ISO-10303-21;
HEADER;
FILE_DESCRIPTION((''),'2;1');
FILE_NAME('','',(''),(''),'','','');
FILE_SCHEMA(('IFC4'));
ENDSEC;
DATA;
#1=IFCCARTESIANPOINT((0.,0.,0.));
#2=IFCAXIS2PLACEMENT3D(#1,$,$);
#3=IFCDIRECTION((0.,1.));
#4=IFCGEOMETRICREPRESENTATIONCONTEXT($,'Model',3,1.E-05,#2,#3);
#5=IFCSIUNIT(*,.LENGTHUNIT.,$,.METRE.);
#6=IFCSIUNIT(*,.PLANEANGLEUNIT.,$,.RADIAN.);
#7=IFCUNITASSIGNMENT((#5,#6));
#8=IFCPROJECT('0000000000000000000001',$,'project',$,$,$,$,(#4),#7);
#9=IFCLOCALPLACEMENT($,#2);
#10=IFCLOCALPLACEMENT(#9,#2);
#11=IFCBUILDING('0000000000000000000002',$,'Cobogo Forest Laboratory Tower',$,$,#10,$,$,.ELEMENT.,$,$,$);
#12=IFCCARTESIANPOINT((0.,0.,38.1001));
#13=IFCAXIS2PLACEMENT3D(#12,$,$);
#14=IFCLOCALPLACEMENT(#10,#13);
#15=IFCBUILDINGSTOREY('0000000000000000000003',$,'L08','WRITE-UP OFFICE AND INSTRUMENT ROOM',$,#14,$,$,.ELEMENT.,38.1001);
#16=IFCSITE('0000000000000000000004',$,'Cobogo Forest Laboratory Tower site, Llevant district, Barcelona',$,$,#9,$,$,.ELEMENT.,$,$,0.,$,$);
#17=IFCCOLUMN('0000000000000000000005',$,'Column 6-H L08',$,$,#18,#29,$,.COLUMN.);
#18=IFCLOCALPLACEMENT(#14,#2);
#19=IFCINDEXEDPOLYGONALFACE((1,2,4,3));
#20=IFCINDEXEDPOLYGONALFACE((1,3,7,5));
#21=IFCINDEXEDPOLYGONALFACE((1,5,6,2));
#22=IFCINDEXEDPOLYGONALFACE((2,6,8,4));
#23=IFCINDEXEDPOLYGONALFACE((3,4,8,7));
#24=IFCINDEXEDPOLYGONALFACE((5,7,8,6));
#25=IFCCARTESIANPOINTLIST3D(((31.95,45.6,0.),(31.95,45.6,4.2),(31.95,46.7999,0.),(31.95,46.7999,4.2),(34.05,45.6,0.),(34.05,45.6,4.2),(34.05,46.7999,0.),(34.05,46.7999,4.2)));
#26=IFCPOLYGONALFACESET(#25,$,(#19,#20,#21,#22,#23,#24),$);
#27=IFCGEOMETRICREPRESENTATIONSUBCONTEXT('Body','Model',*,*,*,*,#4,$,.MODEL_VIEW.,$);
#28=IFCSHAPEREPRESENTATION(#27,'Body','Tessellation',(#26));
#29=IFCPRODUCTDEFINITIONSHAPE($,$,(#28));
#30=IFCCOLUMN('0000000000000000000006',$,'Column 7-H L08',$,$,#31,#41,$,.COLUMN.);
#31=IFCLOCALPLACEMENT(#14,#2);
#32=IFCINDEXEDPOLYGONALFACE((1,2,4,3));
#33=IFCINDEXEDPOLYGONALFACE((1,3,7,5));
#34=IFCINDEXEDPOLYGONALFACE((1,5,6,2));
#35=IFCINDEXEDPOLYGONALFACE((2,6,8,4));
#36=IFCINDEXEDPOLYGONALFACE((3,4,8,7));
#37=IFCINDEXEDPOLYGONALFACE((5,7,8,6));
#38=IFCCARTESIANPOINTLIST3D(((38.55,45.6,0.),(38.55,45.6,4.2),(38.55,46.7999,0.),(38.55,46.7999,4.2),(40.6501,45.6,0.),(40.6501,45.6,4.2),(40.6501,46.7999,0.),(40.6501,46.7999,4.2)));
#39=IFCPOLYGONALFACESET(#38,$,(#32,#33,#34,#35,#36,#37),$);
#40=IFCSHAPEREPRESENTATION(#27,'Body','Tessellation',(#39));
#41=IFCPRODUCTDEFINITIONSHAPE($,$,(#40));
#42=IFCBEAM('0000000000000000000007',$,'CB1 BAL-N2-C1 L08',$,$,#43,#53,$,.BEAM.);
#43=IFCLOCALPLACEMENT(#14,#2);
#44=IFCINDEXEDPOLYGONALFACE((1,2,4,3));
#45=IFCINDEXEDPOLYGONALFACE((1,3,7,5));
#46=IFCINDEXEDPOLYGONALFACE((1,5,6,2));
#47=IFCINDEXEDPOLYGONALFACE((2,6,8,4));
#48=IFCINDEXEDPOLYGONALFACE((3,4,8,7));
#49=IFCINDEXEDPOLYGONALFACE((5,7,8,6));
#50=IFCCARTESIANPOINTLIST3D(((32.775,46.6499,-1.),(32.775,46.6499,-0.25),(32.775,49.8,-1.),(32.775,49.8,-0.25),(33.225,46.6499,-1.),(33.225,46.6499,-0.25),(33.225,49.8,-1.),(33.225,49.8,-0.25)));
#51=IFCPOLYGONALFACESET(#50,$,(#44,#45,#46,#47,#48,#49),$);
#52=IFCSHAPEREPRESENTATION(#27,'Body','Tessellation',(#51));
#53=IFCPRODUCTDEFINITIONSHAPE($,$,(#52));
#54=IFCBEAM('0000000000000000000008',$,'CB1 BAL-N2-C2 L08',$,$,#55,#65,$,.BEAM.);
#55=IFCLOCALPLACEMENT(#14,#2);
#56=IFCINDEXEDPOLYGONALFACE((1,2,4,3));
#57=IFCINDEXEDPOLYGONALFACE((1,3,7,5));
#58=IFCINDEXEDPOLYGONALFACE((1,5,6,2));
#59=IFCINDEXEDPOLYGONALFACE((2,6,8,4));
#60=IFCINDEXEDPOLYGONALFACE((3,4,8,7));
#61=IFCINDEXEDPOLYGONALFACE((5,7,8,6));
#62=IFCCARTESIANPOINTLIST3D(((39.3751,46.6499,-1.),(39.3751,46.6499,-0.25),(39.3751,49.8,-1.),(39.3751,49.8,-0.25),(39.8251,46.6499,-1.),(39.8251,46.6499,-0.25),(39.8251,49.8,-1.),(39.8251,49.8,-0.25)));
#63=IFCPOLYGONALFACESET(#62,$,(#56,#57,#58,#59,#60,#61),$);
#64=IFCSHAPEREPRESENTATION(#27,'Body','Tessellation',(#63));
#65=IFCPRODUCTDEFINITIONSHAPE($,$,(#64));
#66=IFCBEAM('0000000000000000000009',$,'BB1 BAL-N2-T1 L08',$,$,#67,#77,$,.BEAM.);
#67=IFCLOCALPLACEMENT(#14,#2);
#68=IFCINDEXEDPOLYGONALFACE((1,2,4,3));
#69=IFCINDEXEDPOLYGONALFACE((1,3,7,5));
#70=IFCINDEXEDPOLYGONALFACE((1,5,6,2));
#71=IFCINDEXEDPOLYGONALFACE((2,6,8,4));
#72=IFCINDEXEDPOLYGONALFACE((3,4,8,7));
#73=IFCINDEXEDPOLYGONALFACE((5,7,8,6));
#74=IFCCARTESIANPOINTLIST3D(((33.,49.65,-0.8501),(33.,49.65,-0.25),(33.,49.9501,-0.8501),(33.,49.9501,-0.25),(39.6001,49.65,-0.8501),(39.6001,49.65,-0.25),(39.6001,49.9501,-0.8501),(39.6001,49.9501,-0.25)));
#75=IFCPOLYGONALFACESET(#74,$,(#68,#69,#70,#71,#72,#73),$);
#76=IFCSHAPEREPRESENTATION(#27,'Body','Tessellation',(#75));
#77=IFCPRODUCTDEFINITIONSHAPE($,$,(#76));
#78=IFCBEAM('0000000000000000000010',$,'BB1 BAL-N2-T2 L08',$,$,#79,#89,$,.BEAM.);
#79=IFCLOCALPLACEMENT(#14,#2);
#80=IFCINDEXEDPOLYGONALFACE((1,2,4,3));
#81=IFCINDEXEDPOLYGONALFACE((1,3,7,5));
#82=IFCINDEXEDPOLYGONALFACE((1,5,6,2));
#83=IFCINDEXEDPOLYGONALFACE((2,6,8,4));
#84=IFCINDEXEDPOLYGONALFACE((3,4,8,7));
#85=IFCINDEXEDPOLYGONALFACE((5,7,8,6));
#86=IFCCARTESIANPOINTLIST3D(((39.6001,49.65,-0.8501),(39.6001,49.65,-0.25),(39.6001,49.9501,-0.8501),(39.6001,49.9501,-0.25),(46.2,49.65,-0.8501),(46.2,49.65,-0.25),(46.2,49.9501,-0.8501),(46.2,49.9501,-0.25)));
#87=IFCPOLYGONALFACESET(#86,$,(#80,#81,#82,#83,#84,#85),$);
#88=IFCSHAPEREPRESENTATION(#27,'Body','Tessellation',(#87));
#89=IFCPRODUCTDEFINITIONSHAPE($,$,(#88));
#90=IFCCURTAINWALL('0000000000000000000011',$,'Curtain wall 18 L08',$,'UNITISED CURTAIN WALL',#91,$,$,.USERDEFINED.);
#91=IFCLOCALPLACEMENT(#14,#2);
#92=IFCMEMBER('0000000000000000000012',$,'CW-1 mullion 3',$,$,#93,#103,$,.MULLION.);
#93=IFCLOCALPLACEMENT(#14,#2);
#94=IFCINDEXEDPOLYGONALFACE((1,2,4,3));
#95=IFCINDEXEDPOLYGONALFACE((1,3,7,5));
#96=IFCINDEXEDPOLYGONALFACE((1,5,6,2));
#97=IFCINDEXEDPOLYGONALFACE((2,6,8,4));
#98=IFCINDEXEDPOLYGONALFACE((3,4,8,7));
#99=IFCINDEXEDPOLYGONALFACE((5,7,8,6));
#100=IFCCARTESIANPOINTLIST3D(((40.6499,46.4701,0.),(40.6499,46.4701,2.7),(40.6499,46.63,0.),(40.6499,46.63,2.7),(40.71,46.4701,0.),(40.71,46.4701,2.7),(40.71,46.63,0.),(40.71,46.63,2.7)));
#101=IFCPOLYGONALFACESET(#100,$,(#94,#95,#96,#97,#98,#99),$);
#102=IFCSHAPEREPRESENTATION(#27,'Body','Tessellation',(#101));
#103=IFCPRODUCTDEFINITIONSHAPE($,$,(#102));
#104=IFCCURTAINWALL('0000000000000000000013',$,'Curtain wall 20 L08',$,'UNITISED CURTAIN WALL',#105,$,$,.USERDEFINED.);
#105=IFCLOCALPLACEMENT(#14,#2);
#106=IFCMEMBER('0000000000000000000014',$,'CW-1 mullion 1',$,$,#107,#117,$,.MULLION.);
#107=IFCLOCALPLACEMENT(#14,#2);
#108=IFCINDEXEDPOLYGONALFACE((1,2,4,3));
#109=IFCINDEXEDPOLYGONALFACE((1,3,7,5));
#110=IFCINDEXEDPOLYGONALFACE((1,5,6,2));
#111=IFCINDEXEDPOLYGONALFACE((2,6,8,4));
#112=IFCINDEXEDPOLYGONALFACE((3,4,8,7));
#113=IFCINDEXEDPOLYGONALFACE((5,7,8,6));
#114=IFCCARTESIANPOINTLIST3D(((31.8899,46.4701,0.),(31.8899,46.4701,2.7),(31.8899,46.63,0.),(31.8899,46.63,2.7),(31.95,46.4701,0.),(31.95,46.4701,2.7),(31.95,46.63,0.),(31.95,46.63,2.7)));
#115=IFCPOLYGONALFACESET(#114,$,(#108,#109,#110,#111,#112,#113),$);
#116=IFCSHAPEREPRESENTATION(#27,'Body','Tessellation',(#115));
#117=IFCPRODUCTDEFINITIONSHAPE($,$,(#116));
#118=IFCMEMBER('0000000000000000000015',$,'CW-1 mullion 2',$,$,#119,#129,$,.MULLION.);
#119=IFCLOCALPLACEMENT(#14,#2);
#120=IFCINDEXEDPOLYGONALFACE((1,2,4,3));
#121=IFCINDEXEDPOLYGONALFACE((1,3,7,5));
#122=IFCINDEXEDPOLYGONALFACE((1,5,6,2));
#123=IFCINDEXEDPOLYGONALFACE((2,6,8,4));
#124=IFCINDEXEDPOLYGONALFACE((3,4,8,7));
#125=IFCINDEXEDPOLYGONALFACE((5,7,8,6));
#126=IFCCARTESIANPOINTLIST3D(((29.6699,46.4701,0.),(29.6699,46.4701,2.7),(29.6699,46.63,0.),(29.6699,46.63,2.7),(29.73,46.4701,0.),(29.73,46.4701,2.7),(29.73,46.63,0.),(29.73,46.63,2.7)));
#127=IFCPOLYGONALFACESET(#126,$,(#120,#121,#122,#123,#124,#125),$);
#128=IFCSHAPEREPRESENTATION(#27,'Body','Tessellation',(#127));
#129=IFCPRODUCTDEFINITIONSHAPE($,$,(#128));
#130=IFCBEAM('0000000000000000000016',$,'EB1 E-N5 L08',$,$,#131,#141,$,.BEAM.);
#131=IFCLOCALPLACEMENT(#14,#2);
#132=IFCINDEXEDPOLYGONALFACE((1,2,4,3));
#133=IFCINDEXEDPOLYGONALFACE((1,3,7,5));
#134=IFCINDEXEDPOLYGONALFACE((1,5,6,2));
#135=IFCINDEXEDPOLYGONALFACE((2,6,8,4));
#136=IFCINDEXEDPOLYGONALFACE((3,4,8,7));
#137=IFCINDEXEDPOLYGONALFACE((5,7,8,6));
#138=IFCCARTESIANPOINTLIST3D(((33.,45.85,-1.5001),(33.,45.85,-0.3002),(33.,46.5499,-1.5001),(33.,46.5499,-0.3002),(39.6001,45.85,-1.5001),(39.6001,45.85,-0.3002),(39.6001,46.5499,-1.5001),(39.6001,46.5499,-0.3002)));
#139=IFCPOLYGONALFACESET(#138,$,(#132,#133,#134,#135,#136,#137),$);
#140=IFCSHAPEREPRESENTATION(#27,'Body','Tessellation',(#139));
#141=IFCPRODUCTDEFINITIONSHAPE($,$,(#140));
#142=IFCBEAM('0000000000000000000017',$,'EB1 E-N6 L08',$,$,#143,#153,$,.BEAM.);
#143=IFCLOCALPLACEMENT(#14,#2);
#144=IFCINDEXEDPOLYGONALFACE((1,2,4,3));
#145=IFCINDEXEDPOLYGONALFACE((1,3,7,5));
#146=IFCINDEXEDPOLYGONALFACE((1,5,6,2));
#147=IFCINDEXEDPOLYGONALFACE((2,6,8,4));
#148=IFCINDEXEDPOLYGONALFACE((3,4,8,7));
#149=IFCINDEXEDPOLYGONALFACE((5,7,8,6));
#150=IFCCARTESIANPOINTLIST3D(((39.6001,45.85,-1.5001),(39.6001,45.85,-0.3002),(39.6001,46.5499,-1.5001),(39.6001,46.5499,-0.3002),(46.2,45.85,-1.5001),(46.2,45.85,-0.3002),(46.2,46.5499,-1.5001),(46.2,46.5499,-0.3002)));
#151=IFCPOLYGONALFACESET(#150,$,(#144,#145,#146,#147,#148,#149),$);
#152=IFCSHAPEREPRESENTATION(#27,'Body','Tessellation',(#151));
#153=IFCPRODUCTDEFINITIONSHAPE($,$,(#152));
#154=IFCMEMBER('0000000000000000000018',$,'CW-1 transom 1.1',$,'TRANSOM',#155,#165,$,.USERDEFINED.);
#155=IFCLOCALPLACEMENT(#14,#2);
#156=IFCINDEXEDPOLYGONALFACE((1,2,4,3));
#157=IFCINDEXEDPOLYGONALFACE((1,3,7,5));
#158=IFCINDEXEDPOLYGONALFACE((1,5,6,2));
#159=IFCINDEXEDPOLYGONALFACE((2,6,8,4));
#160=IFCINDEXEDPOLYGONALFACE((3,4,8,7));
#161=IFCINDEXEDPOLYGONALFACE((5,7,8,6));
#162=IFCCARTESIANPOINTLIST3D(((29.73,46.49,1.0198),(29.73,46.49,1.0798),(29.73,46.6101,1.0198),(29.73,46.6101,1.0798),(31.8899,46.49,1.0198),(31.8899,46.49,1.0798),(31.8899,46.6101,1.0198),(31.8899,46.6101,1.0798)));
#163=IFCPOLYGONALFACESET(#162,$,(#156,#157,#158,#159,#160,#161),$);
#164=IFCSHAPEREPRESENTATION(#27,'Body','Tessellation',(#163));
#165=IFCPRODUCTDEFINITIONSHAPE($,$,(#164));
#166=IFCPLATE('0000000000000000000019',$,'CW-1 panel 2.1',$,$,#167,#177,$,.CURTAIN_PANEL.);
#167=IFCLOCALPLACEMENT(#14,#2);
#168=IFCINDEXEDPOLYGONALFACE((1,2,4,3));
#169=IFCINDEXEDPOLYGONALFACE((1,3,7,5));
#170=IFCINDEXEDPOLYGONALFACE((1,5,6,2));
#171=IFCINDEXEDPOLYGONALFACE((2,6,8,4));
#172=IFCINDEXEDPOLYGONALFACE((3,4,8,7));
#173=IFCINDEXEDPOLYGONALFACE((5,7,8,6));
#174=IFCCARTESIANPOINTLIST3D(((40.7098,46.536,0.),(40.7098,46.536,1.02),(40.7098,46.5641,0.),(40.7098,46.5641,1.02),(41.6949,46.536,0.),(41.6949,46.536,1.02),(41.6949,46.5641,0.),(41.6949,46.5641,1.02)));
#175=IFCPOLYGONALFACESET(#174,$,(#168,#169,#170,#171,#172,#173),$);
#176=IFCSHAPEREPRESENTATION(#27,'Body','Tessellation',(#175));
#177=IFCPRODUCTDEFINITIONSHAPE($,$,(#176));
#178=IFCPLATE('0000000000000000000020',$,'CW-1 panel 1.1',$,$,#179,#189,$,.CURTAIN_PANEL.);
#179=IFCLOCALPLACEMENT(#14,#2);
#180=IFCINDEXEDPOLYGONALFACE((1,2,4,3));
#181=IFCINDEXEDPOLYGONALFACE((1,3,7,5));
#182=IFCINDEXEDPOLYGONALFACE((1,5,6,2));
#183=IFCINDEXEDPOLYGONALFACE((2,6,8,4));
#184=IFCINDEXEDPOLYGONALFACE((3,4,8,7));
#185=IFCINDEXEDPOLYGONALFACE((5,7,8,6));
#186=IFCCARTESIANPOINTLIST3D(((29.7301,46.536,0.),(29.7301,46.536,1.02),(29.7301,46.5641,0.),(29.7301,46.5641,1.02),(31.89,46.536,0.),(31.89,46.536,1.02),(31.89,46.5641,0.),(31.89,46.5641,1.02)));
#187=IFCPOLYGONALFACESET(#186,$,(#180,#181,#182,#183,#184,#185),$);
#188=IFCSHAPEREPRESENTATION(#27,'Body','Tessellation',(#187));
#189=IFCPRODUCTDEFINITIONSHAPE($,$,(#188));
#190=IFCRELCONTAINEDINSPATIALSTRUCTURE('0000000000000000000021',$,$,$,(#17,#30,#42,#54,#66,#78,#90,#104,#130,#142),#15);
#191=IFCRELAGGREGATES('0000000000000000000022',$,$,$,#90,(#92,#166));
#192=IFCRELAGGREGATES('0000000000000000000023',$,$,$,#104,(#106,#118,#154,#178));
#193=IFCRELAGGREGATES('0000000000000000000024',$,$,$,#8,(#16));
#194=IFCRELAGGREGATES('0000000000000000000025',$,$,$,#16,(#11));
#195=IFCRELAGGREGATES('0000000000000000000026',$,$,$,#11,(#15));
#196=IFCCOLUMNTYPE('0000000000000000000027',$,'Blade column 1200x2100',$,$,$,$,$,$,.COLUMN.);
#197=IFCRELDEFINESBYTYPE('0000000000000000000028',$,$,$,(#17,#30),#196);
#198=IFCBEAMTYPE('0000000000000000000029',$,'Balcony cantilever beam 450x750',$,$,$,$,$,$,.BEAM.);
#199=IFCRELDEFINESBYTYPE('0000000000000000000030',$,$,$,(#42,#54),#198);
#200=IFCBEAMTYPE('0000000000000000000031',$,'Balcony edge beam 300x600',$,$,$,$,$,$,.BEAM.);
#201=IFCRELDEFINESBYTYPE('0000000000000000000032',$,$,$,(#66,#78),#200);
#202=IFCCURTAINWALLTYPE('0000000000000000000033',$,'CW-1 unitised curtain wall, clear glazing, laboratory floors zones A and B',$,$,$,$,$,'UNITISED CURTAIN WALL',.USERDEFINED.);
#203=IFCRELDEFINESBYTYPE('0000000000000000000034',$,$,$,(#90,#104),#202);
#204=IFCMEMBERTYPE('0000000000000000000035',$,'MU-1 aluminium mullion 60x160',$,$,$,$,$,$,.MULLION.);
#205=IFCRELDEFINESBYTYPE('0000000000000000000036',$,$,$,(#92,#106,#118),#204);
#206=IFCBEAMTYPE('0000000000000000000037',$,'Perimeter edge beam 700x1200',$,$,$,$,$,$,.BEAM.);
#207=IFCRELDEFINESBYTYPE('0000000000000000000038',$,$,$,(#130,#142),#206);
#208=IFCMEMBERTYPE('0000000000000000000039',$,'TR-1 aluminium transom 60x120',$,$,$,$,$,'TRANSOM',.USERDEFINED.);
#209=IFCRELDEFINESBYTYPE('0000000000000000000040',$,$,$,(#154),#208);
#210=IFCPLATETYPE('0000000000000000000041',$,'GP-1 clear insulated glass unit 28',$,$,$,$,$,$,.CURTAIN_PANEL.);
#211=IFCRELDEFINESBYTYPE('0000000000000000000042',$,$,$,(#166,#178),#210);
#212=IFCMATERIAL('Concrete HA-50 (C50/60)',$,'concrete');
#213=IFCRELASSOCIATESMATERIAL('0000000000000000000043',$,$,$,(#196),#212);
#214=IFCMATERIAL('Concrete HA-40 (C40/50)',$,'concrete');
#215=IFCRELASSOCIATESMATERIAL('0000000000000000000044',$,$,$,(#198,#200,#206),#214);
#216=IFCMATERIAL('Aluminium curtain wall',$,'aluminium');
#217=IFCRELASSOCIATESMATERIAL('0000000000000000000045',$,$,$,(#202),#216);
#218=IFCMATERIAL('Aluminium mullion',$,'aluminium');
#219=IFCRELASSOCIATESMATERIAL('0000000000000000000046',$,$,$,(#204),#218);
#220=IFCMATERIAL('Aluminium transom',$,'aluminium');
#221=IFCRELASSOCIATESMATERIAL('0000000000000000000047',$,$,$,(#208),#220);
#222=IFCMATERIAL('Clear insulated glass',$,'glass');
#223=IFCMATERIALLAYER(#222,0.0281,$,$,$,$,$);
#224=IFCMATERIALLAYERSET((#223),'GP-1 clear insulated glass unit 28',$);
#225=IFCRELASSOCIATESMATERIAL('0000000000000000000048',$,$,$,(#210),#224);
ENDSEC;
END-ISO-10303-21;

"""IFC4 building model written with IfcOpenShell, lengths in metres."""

from ifc_helpers import new_model, si_unit, direction, frame, origin, origin_2d, place, context, subcontext, project, spatial, rectangle, extrude, material, layer, layer_set, material_profile, profile_set, type_object, element, aggregate, save


model = new_model("IFC4")

# Units and contexts
model_context = context("Model", 3, precision=1e-05, world=origin(), true_north=direction((0.0, 1.0)))
body_context = subcontext(model_context, "Body", "Model", "MODEL_VIEW")
ifc_project = project(units=[si_unit("LENGTHUNIT", "METRE"), si_unit("PLANEANGLEUNIT", "RADIAN")], contexts=[model_context])

# Site, building, storey
site_placement = place(None, origin())
site = spatial("IfcSite", under=ifc_project, at=site_placement, Name="Cobogo Forest Laboratory Tower site, Llevant district, Barcelona", CompositionType="ELEMENT", RefElevation=0.0)
building_placement = place(site_placement, origin())
building = spatial("IfcBuilding", under=site, at=building_placement, Name="Cobogo Forest Laboratory Tower", CompositionType="ELEMENT")
storey_placement = place(building_placement, frame((0.0, 0.0, 38.1001)))
storey = spatial("IfcBuildingStorey", under=building, at=storey_placement, Name="L08", Description="WRITE-UP OFFICE AND INSTRUMENT ROOM", CompositionType="ELEMENT", Elevation=38.1001)

# Columns
ifc_material_1 = material(Name="Concrete HA-50 (C50/60)", Category="concrete")
ifc_material_profile_1 = material_profile(ifc_material_1, rectangle(XDim=2.1001, YDim=1.2, at=origin_2d()), Name="RC 1200x2100")
ifc_profile_set_1 = profile_set([ifc_material_profile_1], Name="Concrete HA-50 (C50/60)")
column_type = type_object("IfcColumnType", Name="Blade column 1200x2100", PredefinedType="COLUMN", material=ifc_profile_set_1)
for number, where, z_axis, x_axis, name in (
    (1, (33.0, 46.2, 0.0), (0.0, 0.0, 1.0), (1.0, 0.0, 0.0), "Column 6-H L08"),
    (2, (39.6001, 46.2, 0.0), (0.0, 0.0, 1.0), (1.0, 0.0, 0.0), "Column 7-H L08"),
):
    element("IfcColumn", number, at=place(storey_placement, frame(where, z_axis=z_axis, x_axis=x_axis)), inside=storey, type_object=column_type, Name=name, PredefinedType="COLUMN", context=body_context, shape_type="SweptSolid", body=[
        extrude(rectangle(XDim=2.1001, YDim=1.2, at=origin_2d()), origin(), (0.0, 0.0, 1.0), 4.2),
    ])

# Beams
ifc_material_2 = material(Name="Concrete HA-40 (C40/50)", Category="concrete")
ifc_material_profile_2 = material_profile(ifc_material_2, rectangle(XDim=0.45, YDim=0.75, at=origin_2d()), Name="RC 450x750")
ifc_profile_set_2 = profile_set([ifc_material_profile_2], Name="Concrete HA-40 (C40/50)")
beam_type_1 = type_object("IfcBeamType", Name="Balcony cantilever beam 450x750", PredefinedType="BEAM", material=ifc_profile_set_2)
for number, where, z_axis, x_axis, name in (
    (3, (33.0, 46.6499, -0.625), (0.0, 1.0, 0.0), (-1.0, 0.0, 0.0), "CB1 BAL-N2-C1 L08"),
    (4, (39.6001, 46.6499, -0.625), (0.0, 1.0, 0.0), (-1.0, 0.0, 0.0), "CB1 BAL-N2-C2 L08"),
):
    element("IfcBeam", number, at=place(storey_placement, frame(where, z_axis=z_axis, x_axis=x_axis)), inside=storey, type_object=beam_type_1, Name=name, PredefinedType="BEAM", context=body_context, shape_type="SweptSolid", body=[
        extrude(rectangle(XDim=0.45, YDim=0.75, at=origin_2d()), origin(), (0.0, 0.0, 1.0), 3.1501),
    ])
ifc_material_profile_3 = material_profile(ifc_material_2, rectangle(XDim=0.3, YDim=0.6001, at=origin_2d()), Name="RC 300x600")
ifc_profile_set_3 = profile_set([ifc_material_profile_3], Name="Concrete HA-40 (C40/50)")
beam_type_2 = type_object("IfcBeamType", Name="Balcony edge beam 300x600", PredefinedType="BEAM", material=ifc_profile_set_3)
beam_1_placement = place(storey_placement, frame((33.0, 49.8, -0.55), z_axis=(1.0, 0.0, 0.0), x_axis=(0.0, 1.0, 0.0)))
element("IfcBeam", 5, at=beam_1_placement, inside=storey, type_object=beam_type_2, Name="BB1 BAL-N2-T1 L08", PredefinedType="BEAM", context=body_context, shape_type="SweptSolid", body=[
    extrude(rectangle(XDim=0.3, YDim=0.6001, at=origin_2d()), origin(), (0.0, 0.0, 1.0), 6.6001),
])
beam_2_placement = place(storey_placement, frame((39.6001, 49.8, -0.55), z_axis=(1.0, 0.0, 0.0), x_axis=(0.0, 1.0, 0.0)))
element("IfcBeam", 6, at=beam_2_placement, inside=storey, type_object=beam_type_2, Name="BB1 BAL-N2-T2 L08", PredefinedType="BEAM", context=body_context, shape_type="SweptSolid", body=[
    extrude(rectangle(XDim=0.3, YDim=0.6001, at=origin_2d()), origin(), (0.0, 0.0, 1.0), 6.5999),
])

# Curtain wall, member
ifc_material_3 = material(Name="Aluminium curtain wall", Category="aluminium")
curtain_wall_type = type_object("IfcCurtainWallType", Name="CW-1 unitised curtain wall, clear glazing, laboratory floors zones A and B", ElementType="UNITISED CURTAIN WALL", PredefinedType="USERDEFINED", material=ifc_material_3)
curtain_wall_1_placement = place(storey_placement, origin())
curtain_wall_1 = element("IfcCurtainWall", 7, at=curtain_wall_1_placement, inside=storey, type_object=curtain_wall_type, Name="Curtain wall 18 L08", ObjectType="UNITISED CURTAIN WALL", PredefinedType="USERDEFINED")
ifc_material_4 = material(Name="Aluminium mullion", Category="aluminium")
ifc_material_profile_4 = material_profile(ifc_material_4, rectangle(XDim=0.0601, YDim=0.1599, at=origin_2d()), Name="AL 60x160")
ifc_profile_set_4 = profile_set([ifc_material_profile_4], Name="Aluminium mullion")
member_type_1 = type_object("IfcMemberType", Name="MU-1 aluminium mullion 60x160", PredefinedType="MULLION", material=ifc_profile_set_4)
member_1_placement = place(storey_placement, frame((40.6799, 46.55, 0.0), z_axis=(0.0, 0.0, 1.0), x_axis=(-1.0, 0.0, 0.0)))
member_1 = element("IfcMember", 8, at=member_1_placement, type_object=member_type_1, Name="CW-1 mullion 3", PredefinedType="MULLION", context=body_context, shape_type="SweptSolid", body=[
    extrude(rectangle(XDim=0.0601, YDim=0.1599, at=origin_2d()), origin(), (0.0, 0.0, 1.0), 2.7),
])

# Curtain wall, members
curtain_wall_2_placement = place(storey_placement, origin())
curtain_wall_2 = element("IfcCurtainWall", 9, at=curtain_wall_2_placement, inside=storey, type_object=curtain_wall_type, Name="Curtain wall 20 L08", ObjectType="UNITISED CURTAIN WALL", PredefinedType="USERDEFINED")
member_2_placement = place(storey_placement, frame((31.9199, 46.55, 0.0), z_axis=(0.0, 0.0, 1.0), x_axis=(-1.0, 0.0, 0.0)))
member_2 = element("IfcMember", 10, at=member_2_placement, type_object=member_type_1, Name="CW-1 mullion 1", PredefinedType="MULLION", context=body_context, shape_type="SweptSolid", body=[
    extrude(rectangle(XDim=0.0601, YDim=0.1599, at=origin_2d()), origin(), (0.0, 0.0, 1.0), 2.7),
])
member_3_placement = place(storey_placement, frame((29.7, 46.55, 0.0), z_axis=(0.0, 0.0, 1.0), x_axis=(-1.0, 0.0, 0.0)))
member_3 = element("IfcMember", 11, at=member_3_placement, type_object=member_type_1, Name="CW-1 mullion 2", PredefinedType="MULLION", context=body_context, shape_type="SweptSolid", body=[
    extrude(rectangle(XDim=0.0601, YDim=0.1599, at=origin_2d()), origin(), (0.0, 0.0, 1.0), 2.7),
])

# Beams
ifc_material_profile_5 = material_profile(ifc_material_2, rectangle(XDim=0.7, YDim=1.2, at=origin_2d()), Name="RC 700x1200")
ifc_profile_set_5 = profile_set([ifc_material_profile_5], Name="Concrete HA-40 (C40/50)")
beam_type_3 = type_object("IfcBeamType", Name="Perimeter edge beam 700x1200", PredefinedType="BEAM", material=ifc_profile_set_5)
beam_3_placement = place(storey_placement, frame((33.0, 46.2, -0.9001), z_axis=(1.0, 0.0, 0.0), x_axis=(0.0, 1.0, 0.0)))
element("IfcBeam", 12, at=beam_3_placement, inside=storey, type_object=beam_type_3, Name="EB1 E-N5 L08", PredefinedType="BEAM", context=body_context, shape_type="SweptSolid", body=[
    extrude(rectangle(XDim=0.7, YDim=1.2, at=origin_2d()), origin(), (0.0, 0.0, 1.0), 6.6001),
])
beam_4_placement = place(storey_placement, frame((39.6001, 46.2, -0.9001), z_axis=(1.0, 0.0, 0.0), x_axis=(0.0, 1.0, 0.0)))
element("IfcBeam", 13, at=beam_4_placement, inside=storey, type_object=beam_type_3, Name="EB1 E-N6 L08", PredefinedType="BEAM", context=body_context, shape_type="SweptSolid", body=[
    extrude(rectangle(XDim=0.7, YDim=1.2, at=origin_2d()), origin(), (0.0, 0.0, 1.0), 6.5999),
])

# Member
ifc_material_5 = material(Name="Aluminium transom", Category="aluminium")
ifc_material_profile_6 = material_profile(ifc_material_5, rectangle(XDim=0.1201, YDim=0.0601, at=origin_2d()), Name="AL 60x120")
ifc_profile_set_6 = profile_set([ifc_material_profile_6], Name="Aluminium transom")
member_type_2 = type_object("IfcMemberType", Name="TR-1 aluminium transom 60x120", ElementType="TRANSOM", PredefinedType="USERDEFINED", material=ifc_profile_set_6)
member_4_placement = place(storey_placement, frame((31.8899, 46.55, 1.0498), z_axis=(-1.0, 0.0, 0.0), x_axis=(0.0, -1.0, 0.0)))
member_4 = element("IfcMember", 14, at=member_4_placement, type_object=member_type_2, Name="CW-1 transom 1.1", ObjectType="TRANSOM", PredefinedType="USERDEFINED", context=body_context, shape_type="SweptSolid", body=[
    extrude(rectangle(XDim=0.1201, YDim=0.0601, at=origin_2d()), origin(), (0.0, 0.0, 1.0), 2.1599),
])

# Plates
ifc_material_6 = material(Name="Clear insulated glass", Category="glass")
ifc_layer_1 = layer(ifc_material_6, 0.0281)
ifc_layer_set_1 = layer_set([ifc_layer_1], Name="GP-1 clear insulated glass unit 28")
plate_type = type_object("IfcPlateType", Name="GP-1 clear insulated glass unit 28", PredefinedType="CURTAIN_PANEL", material=ifc_layer_set_1)
plate_1_placement = place(storey_placement, frame((41.2024, 46.55, 0.0), z_axis=(0.0, 0.0, 1.0), x_axis=(-1.0, 0.0, 0.0)))
plate_1 = element("IfcPlate", 15, at=plate_1_placement, type_object=plate_type, Name="CW-1 panel 2.1", PredefinedType="CURTAIN_PANEL", context=body_context, shape_type="SweptSolid", body=[
    extrude(rectangle(XDim=0.9851, YDim=0.0281, at=origin_2d()), origin(), (0.0, 0.0, 1.0), 1.02),
])
aggregate(curtain_wall_1, [member_1, plate_1])
plate_2_placement = place(storey_placement, frame((30.8101, 46.55, 0.0), z_axis=(0.0, 0.0, 1.0), x_axis=(-1.0, 0.0, 0.0)))
plate_2 = element("IfcPlate", 16, at=plate_2_placement, type_object=plate_type, Name="CW-1 panel 1.1", PredefinedType="CURTAIN_PANEL", context=body_context, shape_type="SweptSolid", body=[
    extrude(rectangle(XDim=2.1599, YDim=0.0281, at=origin_2d()), origin(), (0.0, 0.0, 1.0), 1.02),
])
aggregate(curtain_wall_2, [member_2, member_3, member_4, plate_2])

save(model, "model.ifc")
